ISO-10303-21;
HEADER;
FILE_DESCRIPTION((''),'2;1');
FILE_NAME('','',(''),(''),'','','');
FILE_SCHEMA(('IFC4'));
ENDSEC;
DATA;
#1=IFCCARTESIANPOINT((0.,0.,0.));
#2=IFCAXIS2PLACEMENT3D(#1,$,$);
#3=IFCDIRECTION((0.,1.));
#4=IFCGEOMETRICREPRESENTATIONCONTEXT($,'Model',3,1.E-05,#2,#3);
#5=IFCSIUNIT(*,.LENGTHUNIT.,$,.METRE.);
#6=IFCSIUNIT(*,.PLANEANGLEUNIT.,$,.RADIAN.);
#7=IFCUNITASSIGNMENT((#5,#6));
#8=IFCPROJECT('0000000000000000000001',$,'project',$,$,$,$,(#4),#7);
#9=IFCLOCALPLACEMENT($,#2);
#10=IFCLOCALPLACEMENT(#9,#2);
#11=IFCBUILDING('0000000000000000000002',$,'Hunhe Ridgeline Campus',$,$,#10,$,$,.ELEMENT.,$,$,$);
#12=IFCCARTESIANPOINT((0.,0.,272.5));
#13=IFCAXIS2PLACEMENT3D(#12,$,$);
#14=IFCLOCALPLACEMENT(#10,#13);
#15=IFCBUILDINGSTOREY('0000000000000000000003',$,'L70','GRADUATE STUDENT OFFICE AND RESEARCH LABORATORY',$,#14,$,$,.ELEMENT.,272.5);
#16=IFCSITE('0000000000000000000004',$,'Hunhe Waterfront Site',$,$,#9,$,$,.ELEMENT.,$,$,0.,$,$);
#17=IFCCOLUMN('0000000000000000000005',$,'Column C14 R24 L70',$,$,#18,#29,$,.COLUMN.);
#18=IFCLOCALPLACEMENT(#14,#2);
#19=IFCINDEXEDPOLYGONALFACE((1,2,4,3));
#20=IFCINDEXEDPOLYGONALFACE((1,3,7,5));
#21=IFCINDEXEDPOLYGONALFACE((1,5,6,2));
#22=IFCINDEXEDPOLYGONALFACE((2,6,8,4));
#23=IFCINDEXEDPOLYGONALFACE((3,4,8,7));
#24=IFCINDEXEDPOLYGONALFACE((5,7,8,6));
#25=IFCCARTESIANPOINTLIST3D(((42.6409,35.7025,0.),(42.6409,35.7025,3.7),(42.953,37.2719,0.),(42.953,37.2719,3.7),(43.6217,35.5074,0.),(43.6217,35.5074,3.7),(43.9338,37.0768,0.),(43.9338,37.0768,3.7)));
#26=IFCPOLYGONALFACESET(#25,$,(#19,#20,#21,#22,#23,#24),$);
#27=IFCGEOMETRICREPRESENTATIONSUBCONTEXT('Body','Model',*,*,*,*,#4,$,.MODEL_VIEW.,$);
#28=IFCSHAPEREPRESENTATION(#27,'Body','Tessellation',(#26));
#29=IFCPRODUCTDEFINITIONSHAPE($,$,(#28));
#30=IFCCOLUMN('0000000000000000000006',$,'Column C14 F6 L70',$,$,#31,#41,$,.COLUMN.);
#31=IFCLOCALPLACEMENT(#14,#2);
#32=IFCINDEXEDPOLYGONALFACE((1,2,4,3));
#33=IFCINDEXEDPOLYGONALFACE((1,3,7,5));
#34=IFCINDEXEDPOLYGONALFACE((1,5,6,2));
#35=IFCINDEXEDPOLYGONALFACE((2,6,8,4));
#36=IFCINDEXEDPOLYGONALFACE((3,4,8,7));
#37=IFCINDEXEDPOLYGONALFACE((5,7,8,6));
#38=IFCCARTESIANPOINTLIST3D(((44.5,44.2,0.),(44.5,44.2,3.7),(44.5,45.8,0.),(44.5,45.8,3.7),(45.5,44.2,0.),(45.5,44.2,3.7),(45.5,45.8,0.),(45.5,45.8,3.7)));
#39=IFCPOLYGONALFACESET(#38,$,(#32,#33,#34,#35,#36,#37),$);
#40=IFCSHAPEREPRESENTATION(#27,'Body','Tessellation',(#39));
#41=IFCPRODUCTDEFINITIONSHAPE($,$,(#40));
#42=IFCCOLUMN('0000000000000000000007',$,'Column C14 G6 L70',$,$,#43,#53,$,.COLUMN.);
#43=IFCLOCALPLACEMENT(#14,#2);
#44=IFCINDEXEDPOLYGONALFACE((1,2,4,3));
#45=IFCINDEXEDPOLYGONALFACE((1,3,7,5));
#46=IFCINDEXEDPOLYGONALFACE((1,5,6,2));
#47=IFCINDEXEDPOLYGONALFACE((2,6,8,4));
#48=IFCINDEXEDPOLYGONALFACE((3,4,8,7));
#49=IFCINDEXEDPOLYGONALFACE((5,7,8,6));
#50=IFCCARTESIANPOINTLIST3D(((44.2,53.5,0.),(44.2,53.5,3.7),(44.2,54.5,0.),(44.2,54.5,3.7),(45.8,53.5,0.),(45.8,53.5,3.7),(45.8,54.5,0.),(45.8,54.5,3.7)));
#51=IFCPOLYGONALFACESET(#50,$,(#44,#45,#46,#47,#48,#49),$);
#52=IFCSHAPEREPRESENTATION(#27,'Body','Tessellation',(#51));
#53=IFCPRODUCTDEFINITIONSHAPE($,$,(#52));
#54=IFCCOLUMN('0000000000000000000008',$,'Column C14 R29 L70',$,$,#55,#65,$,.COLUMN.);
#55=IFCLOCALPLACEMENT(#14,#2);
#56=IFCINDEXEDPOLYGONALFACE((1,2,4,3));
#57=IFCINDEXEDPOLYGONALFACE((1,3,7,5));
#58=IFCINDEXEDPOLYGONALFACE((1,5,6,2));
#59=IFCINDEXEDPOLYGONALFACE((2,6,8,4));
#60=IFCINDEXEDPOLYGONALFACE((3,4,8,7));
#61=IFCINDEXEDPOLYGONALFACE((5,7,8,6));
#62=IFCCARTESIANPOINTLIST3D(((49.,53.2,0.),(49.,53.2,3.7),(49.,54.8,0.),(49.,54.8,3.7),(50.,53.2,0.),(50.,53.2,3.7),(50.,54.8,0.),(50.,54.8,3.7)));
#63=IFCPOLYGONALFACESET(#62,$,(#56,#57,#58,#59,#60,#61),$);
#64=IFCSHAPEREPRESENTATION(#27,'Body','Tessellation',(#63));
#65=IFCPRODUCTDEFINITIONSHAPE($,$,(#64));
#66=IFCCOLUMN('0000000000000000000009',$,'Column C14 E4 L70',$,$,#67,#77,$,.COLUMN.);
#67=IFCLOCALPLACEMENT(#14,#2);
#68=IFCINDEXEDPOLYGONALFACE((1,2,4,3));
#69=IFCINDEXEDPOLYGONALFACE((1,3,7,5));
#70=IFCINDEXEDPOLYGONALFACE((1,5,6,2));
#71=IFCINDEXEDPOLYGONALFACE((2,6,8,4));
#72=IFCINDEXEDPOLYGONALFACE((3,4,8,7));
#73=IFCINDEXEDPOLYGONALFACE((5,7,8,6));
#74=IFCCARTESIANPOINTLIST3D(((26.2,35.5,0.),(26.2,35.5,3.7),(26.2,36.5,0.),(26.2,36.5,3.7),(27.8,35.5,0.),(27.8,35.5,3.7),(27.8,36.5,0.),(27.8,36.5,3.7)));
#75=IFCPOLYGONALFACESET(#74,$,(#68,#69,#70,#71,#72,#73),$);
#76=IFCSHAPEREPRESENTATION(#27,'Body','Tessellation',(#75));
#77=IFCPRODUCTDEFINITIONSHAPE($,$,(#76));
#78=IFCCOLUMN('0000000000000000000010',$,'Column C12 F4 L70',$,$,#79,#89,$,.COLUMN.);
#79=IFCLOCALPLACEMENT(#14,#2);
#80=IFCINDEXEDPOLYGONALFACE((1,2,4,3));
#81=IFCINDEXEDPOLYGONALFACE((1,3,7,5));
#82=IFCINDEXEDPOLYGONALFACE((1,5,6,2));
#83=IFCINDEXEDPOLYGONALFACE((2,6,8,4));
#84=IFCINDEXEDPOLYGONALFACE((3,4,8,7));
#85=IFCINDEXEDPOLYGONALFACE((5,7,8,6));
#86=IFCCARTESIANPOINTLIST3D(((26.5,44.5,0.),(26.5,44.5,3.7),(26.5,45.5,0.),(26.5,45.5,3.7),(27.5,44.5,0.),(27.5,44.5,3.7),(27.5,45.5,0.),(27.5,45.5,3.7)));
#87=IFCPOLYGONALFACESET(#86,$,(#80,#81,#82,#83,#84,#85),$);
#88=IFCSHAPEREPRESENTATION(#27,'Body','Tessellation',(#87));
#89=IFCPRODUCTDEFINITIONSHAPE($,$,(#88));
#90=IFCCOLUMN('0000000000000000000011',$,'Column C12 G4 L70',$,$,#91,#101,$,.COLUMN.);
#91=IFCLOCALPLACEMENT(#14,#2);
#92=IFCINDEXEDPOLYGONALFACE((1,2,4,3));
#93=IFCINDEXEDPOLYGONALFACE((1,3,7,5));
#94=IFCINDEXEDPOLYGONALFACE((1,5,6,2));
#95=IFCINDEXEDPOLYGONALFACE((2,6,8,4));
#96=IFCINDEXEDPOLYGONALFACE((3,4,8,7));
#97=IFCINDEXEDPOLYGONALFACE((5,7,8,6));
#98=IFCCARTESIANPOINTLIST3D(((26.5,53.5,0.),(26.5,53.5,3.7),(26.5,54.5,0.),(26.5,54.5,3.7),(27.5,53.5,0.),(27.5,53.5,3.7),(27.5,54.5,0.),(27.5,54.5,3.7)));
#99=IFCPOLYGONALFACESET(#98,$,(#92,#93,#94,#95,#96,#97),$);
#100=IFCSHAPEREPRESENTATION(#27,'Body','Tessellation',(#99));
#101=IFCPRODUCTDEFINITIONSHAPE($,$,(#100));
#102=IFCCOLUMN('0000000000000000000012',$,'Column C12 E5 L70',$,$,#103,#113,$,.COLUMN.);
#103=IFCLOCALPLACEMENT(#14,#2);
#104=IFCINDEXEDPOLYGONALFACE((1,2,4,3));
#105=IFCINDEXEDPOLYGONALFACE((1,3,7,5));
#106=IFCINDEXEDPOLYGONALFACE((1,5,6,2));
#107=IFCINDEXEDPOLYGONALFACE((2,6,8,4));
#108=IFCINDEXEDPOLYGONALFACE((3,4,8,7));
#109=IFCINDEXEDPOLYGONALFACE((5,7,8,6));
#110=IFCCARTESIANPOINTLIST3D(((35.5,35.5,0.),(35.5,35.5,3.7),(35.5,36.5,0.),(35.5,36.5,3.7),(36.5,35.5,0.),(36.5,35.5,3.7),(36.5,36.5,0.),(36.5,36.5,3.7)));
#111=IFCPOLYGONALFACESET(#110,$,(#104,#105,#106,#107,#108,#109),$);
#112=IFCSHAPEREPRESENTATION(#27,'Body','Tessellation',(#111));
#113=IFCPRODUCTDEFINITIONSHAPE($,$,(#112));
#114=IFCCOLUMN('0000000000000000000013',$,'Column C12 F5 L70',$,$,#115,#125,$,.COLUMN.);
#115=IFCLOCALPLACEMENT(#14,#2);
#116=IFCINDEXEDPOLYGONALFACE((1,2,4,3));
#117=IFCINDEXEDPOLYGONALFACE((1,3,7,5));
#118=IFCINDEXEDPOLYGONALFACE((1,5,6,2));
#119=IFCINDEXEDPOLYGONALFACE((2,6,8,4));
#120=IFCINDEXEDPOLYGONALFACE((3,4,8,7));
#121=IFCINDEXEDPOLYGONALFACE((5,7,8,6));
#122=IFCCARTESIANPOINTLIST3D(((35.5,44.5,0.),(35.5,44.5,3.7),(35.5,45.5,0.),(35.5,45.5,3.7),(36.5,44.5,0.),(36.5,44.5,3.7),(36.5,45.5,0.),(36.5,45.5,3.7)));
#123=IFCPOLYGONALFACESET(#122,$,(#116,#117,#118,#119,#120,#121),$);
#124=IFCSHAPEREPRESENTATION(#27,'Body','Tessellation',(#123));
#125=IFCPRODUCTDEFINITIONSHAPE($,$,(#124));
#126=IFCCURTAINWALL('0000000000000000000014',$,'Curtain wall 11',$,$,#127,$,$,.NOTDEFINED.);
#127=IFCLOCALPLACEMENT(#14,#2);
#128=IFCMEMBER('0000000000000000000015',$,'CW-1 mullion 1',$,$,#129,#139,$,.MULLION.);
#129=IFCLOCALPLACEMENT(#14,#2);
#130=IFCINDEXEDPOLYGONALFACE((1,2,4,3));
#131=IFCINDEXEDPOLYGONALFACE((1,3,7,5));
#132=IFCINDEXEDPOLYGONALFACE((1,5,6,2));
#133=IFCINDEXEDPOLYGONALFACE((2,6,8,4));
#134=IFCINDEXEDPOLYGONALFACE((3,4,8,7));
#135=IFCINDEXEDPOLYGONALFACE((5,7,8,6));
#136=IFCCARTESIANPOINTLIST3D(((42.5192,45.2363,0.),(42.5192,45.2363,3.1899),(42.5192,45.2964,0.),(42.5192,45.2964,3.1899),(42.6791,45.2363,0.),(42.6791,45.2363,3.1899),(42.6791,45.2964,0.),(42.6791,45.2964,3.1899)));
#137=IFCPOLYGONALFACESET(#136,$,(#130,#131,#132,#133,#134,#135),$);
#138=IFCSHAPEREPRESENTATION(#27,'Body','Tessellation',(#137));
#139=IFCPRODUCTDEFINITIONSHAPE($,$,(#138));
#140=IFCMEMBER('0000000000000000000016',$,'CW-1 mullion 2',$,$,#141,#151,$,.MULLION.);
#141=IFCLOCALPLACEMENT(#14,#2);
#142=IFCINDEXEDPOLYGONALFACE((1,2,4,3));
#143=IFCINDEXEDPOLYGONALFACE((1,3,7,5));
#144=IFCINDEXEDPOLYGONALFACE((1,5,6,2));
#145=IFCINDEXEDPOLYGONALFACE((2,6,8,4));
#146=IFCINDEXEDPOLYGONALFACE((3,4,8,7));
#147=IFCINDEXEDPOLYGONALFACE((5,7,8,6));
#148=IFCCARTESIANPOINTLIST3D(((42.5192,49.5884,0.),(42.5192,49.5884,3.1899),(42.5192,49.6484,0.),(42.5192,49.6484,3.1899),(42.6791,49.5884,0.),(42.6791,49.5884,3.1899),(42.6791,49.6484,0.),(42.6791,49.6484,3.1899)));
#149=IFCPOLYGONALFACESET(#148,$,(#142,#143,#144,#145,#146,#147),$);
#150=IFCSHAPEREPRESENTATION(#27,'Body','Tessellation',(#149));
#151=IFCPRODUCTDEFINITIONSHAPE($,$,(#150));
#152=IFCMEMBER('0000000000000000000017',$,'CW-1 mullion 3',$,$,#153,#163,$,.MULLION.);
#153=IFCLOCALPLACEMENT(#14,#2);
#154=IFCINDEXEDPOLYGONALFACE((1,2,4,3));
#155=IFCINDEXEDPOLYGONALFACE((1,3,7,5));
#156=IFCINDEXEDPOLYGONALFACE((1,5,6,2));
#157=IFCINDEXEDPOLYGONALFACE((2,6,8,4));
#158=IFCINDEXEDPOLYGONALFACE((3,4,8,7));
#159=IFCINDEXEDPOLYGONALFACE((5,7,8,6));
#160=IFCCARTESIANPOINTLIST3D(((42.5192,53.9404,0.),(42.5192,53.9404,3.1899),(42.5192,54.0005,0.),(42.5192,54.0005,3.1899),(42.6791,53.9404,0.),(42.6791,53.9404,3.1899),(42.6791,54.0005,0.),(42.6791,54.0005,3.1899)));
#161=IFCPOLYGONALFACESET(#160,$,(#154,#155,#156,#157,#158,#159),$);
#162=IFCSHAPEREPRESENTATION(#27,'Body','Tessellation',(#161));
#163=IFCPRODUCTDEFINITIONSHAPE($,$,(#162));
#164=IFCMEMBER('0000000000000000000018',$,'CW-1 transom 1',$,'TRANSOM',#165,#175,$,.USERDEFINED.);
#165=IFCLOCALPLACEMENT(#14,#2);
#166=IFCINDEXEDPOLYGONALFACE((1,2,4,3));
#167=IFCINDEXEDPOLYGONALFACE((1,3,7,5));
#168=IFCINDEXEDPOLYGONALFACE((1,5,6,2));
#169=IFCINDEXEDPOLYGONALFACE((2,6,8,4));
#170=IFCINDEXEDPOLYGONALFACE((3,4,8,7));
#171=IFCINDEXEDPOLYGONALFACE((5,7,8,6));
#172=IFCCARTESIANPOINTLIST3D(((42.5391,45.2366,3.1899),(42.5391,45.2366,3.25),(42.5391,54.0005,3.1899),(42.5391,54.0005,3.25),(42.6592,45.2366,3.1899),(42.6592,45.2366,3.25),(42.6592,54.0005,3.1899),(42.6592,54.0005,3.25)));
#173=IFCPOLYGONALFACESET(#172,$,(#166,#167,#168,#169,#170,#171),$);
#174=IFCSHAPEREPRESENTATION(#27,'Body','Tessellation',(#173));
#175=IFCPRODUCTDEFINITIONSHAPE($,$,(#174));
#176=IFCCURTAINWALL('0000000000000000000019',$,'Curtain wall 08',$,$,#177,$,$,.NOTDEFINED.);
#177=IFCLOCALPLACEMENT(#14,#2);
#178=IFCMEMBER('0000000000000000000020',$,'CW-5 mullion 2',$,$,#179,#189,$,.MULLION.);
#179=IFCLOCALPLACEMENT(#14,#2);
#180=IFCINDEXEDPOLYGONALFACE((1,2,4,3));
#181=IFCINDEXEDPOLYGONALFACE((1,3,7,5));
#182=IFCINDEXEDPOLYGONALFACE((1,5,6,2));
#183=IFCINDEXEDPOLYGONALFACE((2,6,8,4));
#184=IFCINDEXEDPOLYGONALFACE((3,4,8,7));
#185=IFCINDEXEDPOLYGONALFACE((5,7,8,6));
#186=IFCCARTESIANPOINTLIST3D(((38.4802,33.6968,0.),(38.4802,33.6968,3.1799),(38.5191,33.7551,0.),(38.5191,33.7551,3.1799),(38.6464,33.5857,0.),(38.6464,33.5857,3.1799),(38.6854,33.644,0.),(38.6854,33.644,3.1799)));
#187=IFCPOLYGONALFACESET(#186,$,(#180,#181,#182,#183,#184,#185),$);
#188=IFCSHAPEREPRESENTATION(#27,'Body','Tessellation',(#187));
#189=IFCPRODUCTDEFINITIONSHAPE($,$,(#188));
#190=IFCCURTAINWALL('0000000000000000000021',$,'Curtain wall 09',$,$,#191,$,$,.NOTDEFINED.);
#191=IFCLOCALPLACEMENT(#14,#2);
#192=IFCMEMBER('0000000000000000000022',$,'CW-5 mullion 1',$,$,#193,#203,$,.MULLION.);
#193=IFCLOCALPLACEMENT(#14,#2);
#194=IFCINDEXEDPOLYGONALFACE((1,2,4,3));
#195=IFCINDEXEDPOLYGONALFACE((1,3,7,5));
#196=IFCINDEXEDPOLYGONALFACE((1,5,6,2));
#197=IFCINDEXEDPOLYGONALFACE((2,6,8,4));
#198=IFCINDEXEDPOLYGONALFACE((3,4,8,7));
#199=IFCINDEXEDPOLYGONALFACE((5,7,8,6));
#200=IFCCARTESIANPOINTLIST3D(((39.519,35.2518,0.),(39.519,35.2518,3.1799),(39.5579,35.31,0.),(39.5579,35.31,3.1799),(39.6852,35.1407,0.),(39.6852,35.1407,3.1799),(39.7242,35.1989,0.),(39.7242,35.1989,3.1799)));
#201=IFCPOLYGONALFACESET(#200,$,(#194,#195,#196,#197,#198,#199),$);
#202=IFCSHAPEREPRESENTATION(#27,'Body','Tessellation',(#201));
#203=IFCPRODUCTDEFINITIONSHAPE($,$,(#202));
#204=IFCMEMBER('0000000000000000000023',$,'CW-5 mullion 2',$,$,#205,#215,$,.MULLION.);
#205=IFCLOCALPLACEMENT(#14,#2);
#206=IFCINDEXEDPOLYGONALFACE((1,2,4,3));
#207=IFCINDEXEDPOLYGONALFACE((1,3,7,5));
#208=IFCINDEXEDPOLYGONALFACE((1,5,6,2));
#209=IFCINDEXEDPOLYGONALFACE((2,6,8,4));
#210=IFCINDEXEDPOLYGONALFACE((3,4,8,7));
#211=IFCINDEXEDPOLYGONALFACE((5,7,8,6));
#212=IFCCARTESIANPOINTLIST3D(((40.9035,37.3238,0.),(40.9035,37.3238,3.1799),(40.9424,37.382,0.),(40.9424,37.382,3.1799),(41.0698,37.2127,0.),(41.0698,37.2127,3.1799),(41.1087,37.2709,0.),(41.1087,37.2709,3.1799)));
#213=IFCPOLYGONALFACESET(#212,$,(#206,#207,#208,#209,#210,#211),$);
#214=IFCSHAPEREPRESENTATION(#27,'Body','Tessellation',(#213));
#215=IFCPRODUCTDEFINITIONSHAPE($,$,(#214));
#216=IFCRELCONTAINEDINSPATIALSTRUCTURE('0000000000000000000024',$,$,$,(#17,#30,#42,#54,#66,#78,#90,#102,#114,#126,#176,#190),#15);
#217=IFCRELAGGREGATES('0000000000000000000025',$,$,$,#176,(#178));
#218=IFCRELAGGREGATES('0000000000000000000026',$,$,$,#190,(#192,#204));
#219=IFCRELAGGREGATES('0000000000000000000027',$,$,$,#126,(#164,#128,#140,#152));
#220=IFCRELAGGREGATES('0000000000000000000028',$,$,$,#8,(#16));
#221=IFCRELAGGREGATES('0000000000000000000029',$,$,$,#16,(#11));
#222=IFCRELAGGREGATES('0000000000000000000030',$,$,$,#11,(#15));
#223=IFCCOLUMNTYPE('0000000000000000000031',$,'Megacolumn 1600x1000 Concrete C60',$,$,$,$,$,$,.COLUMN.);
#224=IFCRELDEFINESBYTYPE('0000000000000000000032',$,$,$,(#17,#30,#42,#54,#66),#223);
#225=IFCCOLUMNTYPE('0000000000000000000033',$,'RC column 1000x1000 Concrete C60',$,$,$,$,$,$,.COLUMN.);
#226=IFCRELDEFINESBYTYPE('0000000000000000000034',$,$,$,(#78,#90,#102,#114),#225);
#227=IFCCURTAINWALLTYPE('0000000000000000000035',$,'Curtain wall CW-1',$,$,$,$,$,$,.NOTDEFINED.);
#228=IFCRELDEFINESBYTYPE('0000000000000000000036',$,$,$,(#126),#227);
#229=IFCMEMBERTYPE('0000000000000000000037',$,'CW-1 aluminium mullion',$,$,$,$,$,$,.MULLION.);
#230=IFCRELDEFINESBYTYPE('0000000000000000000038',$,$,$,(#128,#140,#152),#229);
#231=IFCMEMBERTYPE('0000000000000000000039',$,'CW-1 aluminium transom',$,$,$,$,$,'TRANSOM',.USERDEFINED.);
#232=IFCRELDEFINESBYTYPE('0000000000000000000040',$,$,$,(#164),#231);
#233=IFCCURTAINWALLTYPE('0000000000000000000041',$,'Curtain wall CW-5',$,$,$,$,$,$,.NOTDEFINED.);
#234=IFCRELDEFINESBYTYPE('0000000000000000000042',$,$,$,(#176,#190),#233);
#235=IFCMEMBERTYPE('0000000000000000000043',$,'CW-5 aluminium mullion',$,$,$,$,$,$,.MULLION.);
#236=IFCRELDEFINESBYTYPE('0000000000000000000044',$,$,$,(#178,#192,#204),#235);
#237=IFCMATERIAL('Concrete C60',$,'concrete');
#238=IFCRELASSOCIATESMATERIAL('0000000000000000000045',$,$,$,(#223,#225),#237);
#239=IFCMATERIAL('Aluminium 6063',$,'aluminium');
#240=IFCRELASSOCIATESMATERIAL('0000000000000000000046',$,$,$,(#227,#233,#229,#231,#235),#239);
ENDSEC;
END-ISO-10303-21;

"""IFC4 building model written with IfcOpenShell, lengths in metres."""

from ifc_helpers import new_model, si_unit, direction, frame, origin, origin_2d, place, context, subcontext, project, spatial, rectangle, extrude, material, material_profile, profile_set, type_object, element, aggregate, save


model = new_model("IFC4")

# Units and contexts
model_context = context("Model", 3, precision=1e-05, world=origin(), true_north=direction((0.0, 1.0)))
body_context = subcontext(model_context, "Body", "Model", "MODEL_VIEW")
ifc_project = project(units=[si_unit("LENGTHUNIT", "METRE"), si_unit("PLANEANGLEUNIT", "RADIAN")], contexts=[model_context])

# Site, building, storey
site_placement = place(None, origin())
site = spatial("IfcSite", under=ifc_project, at=site_placement, Name="Hunhe Waterfront Site", CompositionType="ELEMENT", RefElevation=0.0)
building_placement = place(site_placement, origin())
building = spatial("IfcBuilding", under=site, at=building_placement, Name="Hunhe Ridgeline Campus", CompositionType="ELEMENT")
storey_placement = place(building_placement, frame((0.0, 0.0, 272.5)))
storey = spatial("IfcBuildingStorey", under=building, at=storey_placement, Name="L70", Description="GRADUATE STUDENT OFFICE AND RESEARCH LABORATORY", CompositionType="ELEMENT", Elevation=272.5)

# Columns
ifc_material_1 = material(Name="Concrete C60", Category="concrete")
ifc_material_profile_1 = material_profile(ifc_material_1, rectangle(XDim=1.6001, YDim=1.0, at=origin_2d()))
ifc_profile_set_1 = profile_set([ifc_material_profile_1], Name="Concrete C60")
column_type_1 = type_object("IfcColumnType", Name="Megacolumn 1600x1000 Concrete C60", PredefinedType="COLUMN", material=ifc_profile_set_1)
for number, where, z_axis, x_axis, name in (
    (1, (43.2874, 36.3896, 0.0), (0.0, 0.0, 1.0), (0.19509, 0.980785, 0.0), "Column C14 R24 L70"),
    (2, (45.0, 45.0, 0.0), (0.0, 0.0, 1.0), (0.0, 1.0, 0.0), "Column C14 F6 L70"),
    (3, (45.0, 54.0, 0.0), (0.0, 0.0, 1.0), (1.0, 0.0, 0.0), "Column C14 G6 L70"),
    (4, (49.5, 54.0, 0.0), (0.0, 0.0, 1.0), (0.0, 1.0, 0.0), "Column C14 R29 L70"),
    (5, (27.0, 36.0, 0.0), (0.0, 0.0, 1.0), (1.0, 0.0, 0.0), "Column C14 E4 L70"),
):
    element("IfcColumn", number, at=place(storey_placement, frame(where, z_axis=z_axis, x_axis=x_axis)), inside=storey, type_object=column_type_1, Name=name, PredefinedType="COLUMN", context=body_context, shape_type="SweptSolid", body=[
        extrude(rectangle(XDim=1.6001, YDim=1.0, at=origin_2d()), origin(), (0.0, 0.0, 1.0), 3.7),
    ])
ifc_material_profile_2 = material_profile(ifc_material_1, rectangle(XDim=1.0, YDim=1.0, at=origin_2d()))
ifc_profile_set_2 = profile_set([ifc_material_profile_2], Name="Concrete C60")
column_type_2 = type_object("IfcColumnType", Name="RC column 1000x1000 Concrete C60", PredefinedType="COLUMN", material=ifc_profile_set_2)
for number, where, z_axis, x_axis, name in (
    (6, (27.0, 45.0, 0.0), (0.0, 0.0, 1.0), (1.0, 0.0, 0.0), "Column C12 F4 L70"),
    (7, (27.0, 54.0, 0.0), (0.0, 0.0, 1.0), (1.0, 0.0, 0.0), "Column C12 G4 L70"),
    (8, (36.0, 36.0, 0.0), (0.0, 0.0, 1.0), (1.0, 0.0, 0.0), "Column C12 E5 L70"),
    (9, (36.0, 45.0, 0.0), (0.0, 0.0, 1.0), (1.0, 0.0, 0.0), "Column C12 F5 L70"),
):
    element("IfcColumn", number, at=place(storey_placement, frame(where, z_axis=z_axis, x_axis=x_axis)), inside=storey, type_object=column_type_2, Name=name, PredefinedType="COLUMN", context=body_context, shape_type="SweptSolid", body=[
        extrude(rectangle(XDim=1.0, YDim=1.0, at=origin_2d()), origin(), (0.0, 0.0, 1.0), 3.7),
    ])

# Curtain wall, members
ifc_material_2 = material(Name="Aluminium 6063", Category="aluminium")
curtain_wall_type_1 = type_object("IfcCurtainWallType", Name="Curtain wall CW-1", PredefinedType="NOTDEFINED", material=ifc_material_2)
curtain_wall_1_placement = place(storey_placement, origin())
curtain_wall_1 = element("IfcCurtainWall", 10, at=curtain_wall_1_placement, inside=storey, type_object=curtain_wall_type_1, Name="Curtain wall 11", PredefinedType="NOTDEFINED")
ifc_material_profile_3 = material_profile(ifc_material_2, rectangle(XDim=0.1599, YDim=0.0601, at=origin_2d()))
ifc_profile_set_3 = profile_set([ifc_material_profile_3], Name="Aluminium 6063")
member_type_1 = type_object("IfcMemberType", Name="CW-1 aluminium mullion", PredefinedType="MULLION", material=ifc_profile_set_3)
member_1_placement = place(storey_placement, frame((42.5991, 45.2664, 0.0), z_axis=(0.0, 0.0, 1.0), x_axis=(-1.0, 0.000019, 0.0)))
member_1 = element("IfcMember", 11, at=member_1_placement, type_object=member_type_1, Name="CW-1 mullion 1", PredefinedType="MULLION", context=body_context, shape_type="SweptSolid", body=[
    extrude(rectangle(XDim=0.1599, YDim=0.0601, at=origin_2d()), origin(), (0.0, 0.0, 1.0), 3.1899),
])
member_2_placement = place(storey_placement, frame((42.5991, 49.6184, 0.0), z_axis=(0.0, 0.0, 1.0), x_axis=(-1.0, 0.000019, 0.0)))
member_2 = element("IfcMember", 12, at=member_2_placement, type_object=member_type_1, Name="CW-1 mullion 2", PredefinedType="MULLION", context=body_context, shape_type="SweptSolid", body=[
    extrude(rectangle(XDim=0.1599, YDim=0.0601, at=origin_2d()), origin(), (0.0, 0.0, 1.0), 3.1899),
])
member_3_placement = place(storey_placement, frame((42.5991, 53.9705, 0.0), z_axis=(0.0, 0.0, 1.0), x_axis=(-1.0, 0.000019, 0.0)))
member_3 = element("IfcMember", 13, at=member_3_placement, type_object=member_type_1, Name="CW-1 mullion 3", PredefinedType="MULLION", context=body_context, shape_type="SweptSolid", body=[
    extrude(rectangle(XDim=0.1599, YDim=0.0601, at=origin_2d()), origin(), (0.0, 0.0, 1.0), 3.1899),
])
ifc_material_profile_4 = material_profile(ifc_material_2, rectangle(XDim=0.1201, YDim=0.0601, at=origin_2d()))
ifc_profile_set_4 = profile_set([ifc_material_profile_4], Name="Aluminium 6063")
member_type_2 = type_object("IfcMemberType", Name="CW-1 aluminium transom", ElementType="TRANSOM", PredefinedType="USERDEFINED", material=ifc_profile_set_4)
member_4_placement = place(storey_placement, frame((42.5991, 45.2366, 3.22), z_axis=(0.0, 1.0, 0.0), x_axis=(-1.0, 0.0, 0.0)))
member_4 = element("IfcMember", 14, at=member_4_placement, type_object=member_type_2, Name="CW-1 transom 1", ObjectType="TRANSOM", PredefinedType="USERDEFINED", context=body_context, shape_type="SweptSolid", body=[
    extrude(rectangle(XDim=0.1201, YDim=0.0601, at=origin_2d()), origin(), (0.0, 0.0, 1.0), 8.7639),
])

# Curtain wall, member
curtain_wall_type_2 = type_object("IfcCurtainWallType", Name="Curtain wall CW-5", PredefinedType="NOTDEFINED", material=ifc_material_2)
curtain_wall_2_placement = place(storey_placement, origin())
curtain_wall_2 = element("IfcCurtainWall", 15, at=curtain_wall_2_placement, inside=storey, type_object=curtain_wall_type_2, Name="Curtain wall 08", PredefinedType="NOTDEFINED")
ifc_material_profile_5 = material_profile(ifc_material_2, rectangle(XDim=0.2, YDim=0.0701, at=origin_2d()))
ifc_profile_set_5 = profile_set([ifc_material_profile_5], Name="Aluminium 6063")
member_type_3 = type_object("IfcMemberType", Name="CW-5 aluminium mullion", PredefinedType="MULLION", material=ifc_profile_set_5)
member_5_placement = place(storey_placement, frame((38.5828, 33.6704, 0.0), z_axis=(0.0, 0.0, 1.0), x_axis=(-0.83147, 0.55557, 0.0)))
member_5 = element("IfcMember", 16, at=member_5_placement, type_object=member_type_3, Name="CW-5 mullion 2", PredefinedType="MULLION", context=body_context, shape_type="SweptSolid", body=[
    extrude(rectangle(XDim=0.2, YDim=0.0701, at=origin_2d()), origin(), (0.0, 0.0, 1.0), 3.1799),
])

# Curtain wall, members
curtain_wall_3_placement = place(storey_placement, origin())
curtain_wall_3 = element("IfcCurtainWall", 17, at=curtain_wall_3_placement, inside=storey, type_object=curtain_wall_type_2, Name="Curtain wall 09", PredefinedType="NOTDEFINED")
member_6_placement = place(storey_placement, frame((39.6216, 35.2253, 0.0), z_axis=(0.0, 0.0, 1.0), x_axis=(-0.83147, 0.55557, 0.0)))
member_6 = element("IfcMember", 18, at=member_6_placement, type_object=member_type_3, Name="CW-5 mullion 1", PredefinedType="MULLION", context=body_context, shape_type="SweptSolid", body=[
    extrude(rectangle(XDim=0.2, YDim=0.0701, at=origin_2d()), origin(), (0.0, 0.0, 1.0), 3.1799),
])
member_7_placement = place(storey_placement, frame((41.0061, 37.2974, 0.0), z_axis=(0.0, 0.0, 1.0), x_axis=(-0.83147, 0.55557, 0.0)))
member_7 = element("IfcMember", 19, at=member_7_placement, type_object=member_type_3, Name="CW-5 mullion 2", PredefinedType="MULLION", context=body_context, shape_type="SweptSolid", body=[
    extrude(rectangle(XDim=0.2, YDim=0.0701, at=origin_2d()), origin(), (0.0, 0.0, 1.0), 3.1799),
])

aggregate(curtain_wall_2, [member_5])
aggregate(curtain_wall_3, [member_6, member_7])
aggregate(curtain_wall_1, [member_4, member_1, member_2, member_3])

save(model, "model.ifc")
